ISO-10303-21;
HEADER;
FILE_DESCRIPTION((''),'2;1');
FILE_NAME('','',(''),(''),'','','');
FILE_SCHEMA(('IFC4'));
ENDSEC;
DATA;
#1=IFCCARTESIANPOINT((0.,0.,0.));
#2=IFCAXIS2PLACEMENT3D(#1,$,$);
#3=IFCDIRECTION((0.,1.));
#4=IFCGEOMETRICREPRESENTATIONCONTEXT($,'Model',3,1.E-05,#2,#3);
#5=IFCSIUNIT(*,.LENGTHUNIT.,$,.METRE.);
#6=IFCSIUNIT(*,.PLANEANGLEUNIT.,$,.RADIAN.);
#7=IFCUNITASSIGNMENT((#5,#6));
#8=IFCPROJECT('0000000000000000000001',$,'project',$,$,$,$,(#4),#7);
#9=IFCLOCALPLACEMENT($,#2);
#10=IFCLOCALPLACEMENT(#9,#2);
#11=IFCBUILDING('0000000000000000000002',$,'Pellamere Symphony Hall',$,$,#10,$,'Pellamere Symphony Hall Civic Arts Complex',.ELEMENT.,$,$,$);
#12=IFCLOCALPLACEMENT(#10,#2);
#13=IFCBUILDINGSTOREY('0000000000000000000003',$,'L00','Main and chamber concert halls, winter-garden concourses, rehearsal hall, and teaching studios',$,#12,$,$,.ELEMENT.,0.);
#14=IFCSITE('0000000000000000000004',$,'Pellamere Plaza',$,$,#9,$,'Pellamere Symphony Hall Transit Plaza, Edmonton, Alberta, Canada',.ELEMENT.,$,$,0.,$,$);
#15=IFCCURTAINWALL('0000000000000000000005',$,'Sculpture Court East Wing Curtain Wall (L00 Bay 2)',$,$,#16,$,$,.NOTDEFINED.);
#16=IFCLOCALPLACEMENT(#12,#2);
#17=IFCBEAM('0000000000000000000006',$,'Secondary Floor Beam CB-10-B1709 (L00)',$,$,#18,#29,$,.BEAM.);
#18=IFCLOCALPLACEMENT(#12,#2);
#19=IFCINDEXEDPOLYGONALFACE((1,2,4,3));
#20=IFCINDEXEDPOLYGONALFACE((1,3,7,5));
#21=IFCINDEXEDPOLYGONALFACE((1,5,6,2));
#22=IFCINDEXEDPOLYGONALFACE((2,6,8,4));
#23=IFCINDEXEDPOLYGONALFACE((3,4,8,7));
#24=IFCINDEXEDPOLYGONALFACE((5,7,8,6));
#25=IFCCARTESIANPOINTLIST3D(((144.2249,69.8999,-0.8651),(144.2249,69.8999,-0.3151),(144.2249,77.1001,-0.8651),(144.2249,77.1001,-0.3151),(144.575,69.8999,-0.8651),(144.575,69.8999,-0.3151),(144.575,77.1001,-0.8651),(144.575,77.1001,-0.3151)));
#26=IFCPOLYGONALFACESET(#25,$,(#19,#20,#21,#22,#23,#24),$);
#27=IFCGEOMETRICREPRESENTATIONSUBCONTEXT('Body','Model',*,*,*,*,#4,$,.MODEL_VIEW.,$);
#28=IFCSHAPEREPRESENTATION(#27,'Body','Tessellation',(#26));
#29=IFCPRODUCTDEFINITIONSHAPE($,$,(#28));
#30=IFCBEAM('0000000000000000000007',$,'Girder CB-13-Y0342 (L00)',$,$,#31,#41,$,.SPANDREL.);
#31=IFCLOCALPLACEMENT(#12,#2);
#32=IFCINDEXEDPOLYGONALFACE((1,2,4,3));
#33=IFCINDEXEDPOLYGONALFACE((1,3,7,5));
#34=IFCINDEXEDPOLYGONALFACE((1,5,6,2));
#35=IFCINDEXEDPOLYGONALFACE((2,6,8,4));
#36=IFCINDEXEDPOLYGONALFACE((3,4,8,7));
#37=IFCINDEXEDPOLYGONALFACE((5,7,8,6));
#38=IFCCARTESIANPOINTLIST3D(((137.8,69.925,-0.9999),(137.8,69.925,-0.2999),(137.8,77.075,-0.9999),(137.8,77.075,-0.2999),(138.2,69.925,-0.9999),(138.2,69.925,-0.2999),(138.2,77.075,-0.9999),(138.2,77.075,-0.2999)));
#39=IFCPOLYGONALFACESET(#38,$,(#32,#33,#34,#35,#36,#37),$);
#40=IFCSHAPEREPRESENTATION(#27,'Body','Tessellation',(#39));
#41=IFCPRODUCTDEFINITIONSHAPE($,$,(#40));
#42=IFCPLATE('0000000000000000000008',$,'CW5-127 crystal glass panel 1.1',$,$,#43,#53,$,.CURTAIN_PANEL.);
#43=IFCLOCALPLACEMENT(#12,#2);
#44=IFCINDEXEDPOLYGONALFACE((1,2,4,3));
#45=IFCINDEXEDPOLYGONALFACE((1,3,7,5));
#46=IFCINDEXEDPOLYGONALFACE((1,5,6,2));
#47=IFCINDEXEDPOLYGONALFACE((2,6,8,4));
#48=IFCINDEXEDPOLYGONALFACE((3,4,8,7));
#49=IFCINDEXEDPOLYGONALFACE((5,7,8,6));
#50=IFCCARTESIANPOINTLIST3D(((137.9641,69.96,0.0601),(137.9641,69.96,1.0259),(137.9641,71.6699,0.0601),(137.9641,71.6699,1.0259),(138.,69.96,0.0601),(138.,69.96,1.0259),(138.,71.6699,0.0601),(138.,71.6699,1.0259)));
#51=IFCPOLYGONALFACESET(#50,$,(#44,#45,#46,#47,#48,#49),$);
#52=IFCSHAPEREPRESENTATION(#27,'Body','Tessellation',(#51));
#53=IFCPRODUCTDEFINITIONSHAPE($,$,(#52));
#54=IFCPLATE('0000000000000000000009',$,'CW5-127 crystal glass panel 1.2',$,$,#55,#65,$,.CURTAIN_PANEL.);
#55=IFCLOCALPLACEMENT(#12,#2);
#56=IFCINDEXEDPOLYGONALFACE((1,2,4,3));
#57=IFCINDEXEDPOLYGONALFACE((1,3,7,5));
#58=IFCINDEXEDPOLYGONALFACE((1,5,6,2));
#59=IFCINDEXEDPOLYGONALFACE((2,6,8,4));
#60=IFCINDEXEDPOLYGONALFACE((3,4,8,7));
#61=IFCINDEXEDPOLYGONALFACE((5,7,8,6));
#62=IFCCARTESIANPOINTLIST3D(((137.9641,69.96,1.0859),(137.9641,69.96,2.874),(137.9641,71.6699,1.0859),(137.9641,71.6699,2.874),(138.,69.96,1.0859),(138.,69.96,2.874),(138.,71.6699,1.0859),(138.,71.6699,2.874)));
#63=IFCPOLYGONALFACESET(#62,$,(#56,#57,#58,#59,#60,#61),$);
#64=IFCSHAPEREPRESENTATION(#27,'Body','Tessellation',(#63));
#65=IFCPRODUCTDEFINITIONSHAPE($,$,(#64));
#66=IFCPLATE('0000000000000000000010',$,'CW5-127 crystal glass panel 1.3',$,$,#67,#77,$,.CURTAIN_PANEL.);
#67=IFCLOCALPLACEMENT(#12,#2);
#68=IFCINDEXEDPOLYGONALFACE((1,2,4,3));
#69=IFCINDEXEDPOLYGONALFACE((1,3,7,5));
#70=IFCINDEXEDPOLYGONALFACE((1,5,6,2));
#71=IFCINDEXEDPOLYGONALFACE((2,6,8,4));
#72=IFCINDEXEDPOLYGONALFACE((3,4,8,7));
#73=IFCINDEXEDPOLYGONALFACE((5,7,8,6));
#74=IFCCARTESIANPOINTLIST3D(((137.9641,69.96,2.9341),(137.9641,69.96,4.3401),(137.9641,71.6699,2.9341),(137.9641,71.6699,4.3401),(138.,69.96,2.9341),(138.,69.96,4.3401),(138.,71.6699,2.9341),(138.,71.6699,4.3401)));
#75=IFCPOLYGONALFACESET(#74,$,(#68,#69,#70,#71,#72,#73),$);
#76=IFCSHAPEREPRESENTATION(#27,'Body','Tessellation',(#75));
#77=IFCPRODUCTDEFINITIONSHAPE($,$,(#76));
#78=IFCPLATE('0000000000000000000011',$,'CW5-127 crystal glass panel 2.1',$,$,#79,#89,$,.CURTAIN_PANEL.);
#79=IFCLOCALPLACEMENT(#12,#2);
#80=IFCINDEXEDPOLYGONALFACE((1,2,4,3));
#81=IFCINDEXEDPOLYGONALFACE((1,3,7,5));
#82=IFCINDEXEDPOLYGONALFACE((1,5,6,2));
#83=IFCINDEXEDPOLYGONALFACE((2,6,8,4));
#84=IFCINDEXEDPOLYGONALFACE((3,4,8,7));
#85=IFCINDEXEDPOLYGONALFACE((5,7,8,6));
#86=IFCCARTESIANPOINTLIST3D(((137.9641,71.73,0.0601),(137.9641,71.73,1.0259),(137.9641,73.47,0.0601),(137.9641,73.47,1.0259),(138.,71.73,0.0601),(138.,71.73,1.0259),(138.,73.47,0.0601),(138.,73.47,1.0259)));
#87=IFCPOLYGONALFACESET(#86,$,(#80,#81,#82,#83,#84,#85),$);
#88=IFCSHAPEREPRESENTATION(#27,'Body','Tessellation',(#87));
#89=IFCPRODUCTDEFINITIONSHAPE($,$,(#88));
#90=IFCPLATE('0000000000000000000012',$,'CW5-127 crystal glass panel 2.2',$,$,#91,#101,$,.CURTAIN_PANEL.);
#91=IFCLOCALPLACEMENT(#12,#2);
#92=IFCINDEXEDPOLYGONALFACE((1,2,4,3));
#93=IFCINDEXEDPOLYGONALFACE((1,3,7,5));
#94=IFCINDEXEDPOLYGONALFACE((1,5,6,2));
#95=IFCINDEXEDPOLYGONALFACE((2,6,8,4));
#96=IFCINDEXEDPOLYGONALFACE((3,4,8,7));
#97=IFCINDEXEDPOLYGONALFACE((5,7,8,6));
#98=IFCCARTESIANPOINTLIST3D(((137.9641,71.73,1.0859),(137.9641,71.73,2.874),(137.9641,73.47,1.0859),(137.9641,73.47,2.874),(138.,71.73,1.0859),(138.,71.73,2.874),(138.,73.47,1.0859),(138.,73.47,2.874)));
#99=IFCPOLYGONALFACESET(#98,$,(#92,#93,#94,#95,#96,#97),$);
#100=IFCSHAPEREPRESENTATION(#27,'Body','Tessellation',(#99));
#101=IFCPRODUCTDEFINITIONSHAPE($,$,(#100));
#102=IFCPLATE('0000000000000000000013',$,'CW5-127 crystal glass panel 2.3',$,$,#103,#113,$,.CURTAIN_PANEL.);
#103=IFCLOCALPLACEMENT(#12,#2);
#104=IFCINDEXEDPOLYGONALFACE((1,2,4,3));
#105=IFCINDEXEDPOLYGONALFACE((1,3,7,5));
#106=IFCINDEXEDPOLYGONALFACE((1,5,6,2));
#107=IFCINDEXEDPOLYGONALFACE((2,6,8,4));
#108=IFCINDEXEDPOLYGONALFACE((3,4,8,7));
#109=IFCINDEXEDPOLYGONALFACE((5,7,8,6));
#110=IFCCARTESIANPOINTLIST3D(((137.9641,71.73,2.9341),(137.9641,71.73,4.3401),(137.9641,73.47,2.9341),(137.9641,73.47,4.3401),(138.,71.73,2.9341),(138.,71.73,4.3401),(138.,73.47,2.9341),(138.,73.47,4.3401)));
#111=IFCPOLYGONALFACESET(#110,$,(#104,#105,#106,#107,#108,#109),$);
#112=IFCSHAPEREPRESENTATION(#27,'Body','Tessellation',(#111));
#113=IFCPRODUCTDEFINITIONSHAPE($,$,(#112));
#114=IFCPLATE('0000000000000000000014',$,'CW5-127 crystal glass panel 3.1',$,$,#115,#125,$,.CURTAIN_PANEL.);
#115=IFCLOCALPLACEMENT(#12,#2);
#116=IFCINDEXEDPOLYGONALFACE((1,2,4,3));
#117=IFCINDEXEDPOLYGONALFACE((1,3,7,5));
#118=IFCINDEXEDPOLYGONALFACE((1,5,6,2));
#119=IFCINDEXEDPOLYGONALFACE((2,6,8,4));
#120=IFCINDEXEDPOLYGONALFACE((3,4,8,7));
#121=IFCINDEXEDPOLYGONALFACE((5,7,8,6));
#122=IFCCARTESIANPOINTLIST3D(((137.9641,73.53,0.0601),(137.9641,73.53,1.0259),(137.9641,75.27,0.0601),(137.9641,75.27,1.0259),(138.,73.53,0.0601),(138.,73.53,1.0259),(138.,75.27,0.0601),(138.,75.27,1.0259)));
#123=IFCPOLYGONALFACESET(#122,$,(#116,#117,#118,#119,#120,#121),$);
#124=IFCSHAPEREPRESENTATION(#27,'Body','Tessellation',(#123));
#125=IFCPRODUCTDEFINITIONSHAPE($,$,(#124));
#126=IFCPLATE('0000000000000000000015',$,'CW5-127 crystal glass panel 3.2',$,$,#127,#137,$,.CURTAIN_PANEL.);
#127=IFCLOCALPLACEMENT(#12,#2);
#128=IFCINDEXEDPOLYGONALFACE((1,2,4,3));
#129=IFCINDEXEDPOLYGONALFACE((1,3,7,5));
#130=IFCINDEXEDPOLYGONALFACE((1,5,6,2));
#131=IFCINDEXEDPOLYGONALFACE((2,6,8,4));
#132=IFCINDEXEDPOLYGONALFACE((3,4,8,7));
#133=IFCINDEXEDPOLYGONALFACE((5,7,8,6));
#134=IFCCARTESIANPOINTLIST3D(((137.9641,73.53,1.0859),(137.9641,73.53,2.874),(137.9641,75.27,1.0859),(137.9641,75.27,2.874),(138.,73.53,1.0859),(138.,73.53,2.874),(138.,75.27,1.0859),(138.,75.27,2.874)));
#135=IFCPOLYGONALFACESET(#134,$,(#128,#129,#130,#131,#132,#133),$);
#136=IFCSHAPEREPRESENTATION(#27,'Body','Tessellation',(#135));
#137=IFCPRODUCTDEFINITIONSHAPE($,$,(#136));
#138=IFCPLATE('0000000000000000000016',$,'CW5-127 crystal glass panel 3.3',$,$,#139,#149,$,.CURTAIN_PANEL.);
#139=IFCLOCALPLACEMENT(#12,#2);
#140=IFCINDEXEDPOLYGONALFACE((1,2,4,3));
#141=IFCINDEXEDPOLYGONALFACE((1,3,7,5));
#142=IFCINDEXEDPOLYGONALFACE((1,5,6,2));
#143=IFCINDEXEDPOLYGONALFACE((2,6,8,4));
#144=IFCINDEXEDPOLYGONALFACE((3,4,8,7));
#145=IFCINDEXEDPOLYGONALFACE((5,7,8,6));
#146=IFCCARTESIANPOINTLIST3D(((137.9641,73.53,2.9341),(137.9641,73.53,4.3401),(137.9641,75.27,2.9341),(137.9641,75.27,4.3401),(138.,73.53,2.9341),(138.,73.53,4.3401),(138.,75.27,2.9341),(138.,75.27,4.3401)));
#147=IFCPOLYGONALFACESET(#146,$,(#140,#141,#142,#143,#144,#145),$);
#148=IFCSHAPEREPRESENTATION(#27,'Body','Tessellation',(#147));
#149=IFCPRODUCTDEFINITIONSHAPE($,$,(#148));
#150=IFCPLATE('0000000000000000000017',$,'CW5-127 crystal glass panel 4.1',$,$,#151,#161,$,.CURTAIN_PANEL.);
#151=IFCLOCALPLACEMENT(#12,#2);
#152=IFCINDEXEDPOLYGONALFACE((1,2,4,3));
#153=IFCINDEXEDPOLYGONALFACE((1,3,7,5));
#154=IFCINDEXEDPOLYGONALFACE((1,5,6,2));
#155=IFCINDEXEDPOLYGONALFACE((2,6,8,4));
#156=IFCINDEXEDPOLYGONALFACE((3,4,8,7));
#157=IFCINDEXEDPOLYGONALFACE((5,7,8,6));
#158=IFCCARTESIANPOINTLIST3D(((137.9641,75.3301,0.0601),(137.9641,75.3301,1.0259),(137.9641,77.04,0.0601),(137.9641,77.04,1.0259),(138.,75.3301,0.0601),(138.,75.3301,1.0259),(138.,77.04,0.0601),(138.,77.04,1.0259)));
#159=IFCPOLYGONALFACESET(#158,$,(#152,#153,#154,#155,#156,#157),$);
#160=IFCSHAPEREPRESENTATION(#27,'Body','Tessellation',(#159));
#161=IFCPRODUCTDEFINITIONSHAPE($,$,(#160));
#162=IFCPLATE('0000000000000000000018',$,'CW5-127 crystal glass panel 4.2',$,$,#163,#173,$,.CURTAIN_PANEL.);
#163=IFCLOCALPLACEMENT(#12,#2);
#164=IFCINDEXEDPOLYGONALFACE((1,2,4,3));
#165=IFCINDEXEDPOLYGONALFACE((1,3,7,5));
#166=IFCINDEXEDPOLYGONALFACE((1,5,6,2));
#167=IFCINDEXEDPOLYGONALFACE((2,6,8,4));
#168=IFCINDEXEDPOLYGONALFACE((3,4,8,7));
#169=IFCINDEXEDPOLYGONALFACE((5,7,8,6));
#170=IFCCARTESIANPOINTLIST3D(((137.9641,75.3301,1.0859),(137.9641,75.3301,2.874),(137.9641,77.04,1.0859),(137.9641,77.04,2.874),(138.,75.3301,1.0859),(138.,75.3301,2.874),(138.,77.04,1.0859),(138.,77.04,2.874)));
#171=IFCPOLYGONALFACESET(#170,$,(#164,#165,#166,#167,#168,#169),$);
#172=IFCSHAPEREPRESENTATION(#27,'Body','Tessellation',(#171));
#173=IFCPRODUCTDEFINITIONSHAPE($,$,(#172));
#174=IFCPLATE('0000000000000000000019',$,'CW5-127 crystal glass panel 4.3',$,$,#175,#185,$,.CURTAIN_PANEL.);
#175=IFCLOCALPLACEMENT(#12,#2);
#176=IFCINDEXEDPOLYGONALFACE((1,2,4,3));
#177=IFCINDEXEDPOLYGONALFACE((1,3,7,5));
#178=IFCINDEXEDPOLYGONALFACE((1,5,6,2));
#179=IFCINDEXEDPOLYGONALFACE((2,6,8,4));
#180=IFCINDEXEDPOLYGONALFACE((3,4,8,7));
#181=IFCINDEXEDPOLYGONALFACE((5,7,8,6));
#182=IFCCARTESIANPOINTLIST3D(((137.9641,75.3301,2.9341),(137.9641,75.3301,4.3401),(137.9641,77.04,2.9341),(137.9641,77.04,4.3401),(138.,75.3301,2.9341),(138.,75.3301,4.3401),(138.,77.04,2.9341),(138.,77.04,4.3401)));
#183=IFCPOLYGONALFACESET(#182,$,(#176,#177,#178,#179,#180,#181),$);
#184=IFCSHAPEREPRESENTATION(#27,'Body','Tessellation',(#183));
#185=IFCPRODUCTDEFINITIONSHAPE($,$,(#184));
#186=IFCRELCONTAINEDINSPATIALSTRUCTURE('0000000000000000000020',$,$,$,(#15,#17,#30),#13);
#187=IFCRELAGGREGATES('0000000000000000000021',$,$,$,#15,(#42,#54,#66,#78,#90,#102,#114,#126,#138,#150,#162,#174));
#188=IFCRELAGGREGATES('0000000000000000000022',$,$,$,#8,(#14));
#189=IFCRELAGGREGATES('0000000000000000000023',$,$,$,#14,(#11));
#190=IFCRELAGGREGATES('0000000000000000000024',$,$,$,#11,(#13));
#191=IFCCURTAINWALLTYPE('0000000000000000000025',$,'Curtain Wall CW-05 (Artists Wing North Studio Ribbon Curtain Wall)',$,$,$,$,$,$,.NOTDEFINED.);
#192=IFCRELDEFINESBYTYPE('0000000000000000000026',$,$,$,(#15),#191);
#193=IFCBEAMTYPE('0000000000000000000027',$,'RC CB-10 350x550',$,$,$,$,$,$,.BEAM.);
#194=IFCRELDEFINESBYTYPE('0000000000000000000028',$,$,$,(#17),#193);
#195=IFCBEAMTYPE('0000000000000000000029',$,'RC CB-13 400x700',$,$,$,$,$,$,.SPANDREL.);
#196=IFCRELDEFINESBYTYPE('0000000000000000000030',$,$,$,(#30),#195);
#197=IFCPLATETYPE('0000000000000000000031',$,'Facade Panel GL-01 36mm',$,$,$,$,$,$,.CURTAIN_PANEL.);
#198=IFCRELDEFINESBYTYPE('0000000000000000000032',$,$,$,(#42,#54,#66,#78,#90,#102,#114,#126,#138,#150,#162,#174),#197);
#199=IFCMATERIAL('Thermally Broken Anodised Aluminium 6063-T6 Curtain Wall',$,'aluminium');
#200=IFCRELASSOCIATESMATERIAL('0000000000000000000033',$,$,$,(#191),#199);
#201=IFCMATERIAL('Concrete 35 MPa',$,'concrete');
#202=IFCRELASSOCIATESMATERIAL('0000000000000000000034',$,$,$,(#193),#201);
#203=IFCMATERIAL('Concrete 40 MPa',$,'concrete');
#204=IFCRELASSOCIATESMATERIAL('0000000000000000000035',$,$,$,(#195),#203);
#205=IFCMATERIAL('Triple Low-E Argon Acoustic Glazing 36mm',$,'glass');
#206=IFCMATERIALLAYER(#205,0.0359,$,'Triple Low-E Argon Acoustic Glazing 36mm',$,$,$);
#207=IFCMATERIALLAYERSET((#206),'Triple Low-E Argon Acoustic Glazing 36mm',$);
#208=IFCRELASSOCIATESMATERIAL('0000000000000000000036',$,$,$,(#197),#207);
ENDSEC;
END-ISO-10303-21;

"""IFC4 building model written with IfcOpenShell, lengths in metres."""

from ifc_helpers import new_model, si_unit, direction, frame, origin, origin_2d, place, context, subcontext, project, spatial, polyline, rectangle, outline, extrude, material, layer, layer_set, material_profile, profile_set, type_object, element, aggregate, save


model = new_model("IFC4")

# Units and contexts
model_context = context("Model", 3, precision=1e-05, world=origin(), true_north=direction((0.0, 1.0)))
body_context = subcontext(model_context, "Body", "Model", "MODEL_VIEW")
ifc_project = project(units=[si_unit("LENGTHUNIT", "METRE"), si_unit("PLANEANGLEUNIT", "RADIAN")], contexts=[model_context])

# Site, building, storey
site_placement = place(None, origin())
site = spatial("IfcSite", under=ifc_project, at=site_placement, Name="Pellamere Plaza", LongName="Pellamere Symphony Hall Transit Plaza, Edmonton, Alberta, Canada", CompositionType="ELEMENT", RefElevation=0.0)
building_placement = place(site_placement, origin())
building = spatial("IfcBuilding", under=site, at=building_placement, Name="Pellamere Symphony Hall", LongName="Pellamere Symphony Hall Civic Arts Complex", CompositionType="ELEMENT")
storey_placement = place(building_placement, origin())
storey = spatial("IfcBuildingStorey", under=building, at=storey_placement, Name="L00", Description="Main and chamber concert halls, winter-garden concourses, rehearsal hall, and teaching studios", CompositionType="ELEMENT", Elevation=0.0)

# Curtain wall
ifc_material_1 = material(Name="Thermally Broken Anodised Aluminium 6063-T6 Curtain Wall", Category="aluminium")
curtain_wall_type = type_object("IfcCurtainWallType", Name="Curtain Wall CW-05 (Artists Wing North Studio Ribbon Curtain Wall)", PredefinedType="NOTDEFINED", material=ifc_material_1)
curtain_wall_placement = place(storey_placement, origin())
curtain_wall = element("IfcCurtainWall", 1, at=curtain_wall_placement, inside=storey, type_object=curtain_wall_type, Name="Sculpture Court East Wing Curtain Wall (L00 Bay 2)", PredefinedType="NOTDEFINED")

# Beams
ifc_material_2 = material(Name="Concrete 40 MPa", Category="concrete")
ifc_material_3 = material(Name="Concrete 35 MPa", Category="concrete")
ifc_material_profile_1 = material_profile(ifc_material_3, rectangle(XDim=0.3501, YDim=0.55, at=origin_2d()), Name="RC 350x550")
ifc_profile_set_1 = profile_set([ifc_material_profile_1], Name="Concrete 35 MPa")
beam_type_1 = type_object("IfcBeamType", Name="RC CB-10 350x550", PredefinedType="BEAM", material=ifc_profile_set_1)
for number, where, z_axis, x_axis, name in (
    (2, (144.3999, 69.8999, -0.5901), (0.0, 1.0, 0.0), (-1.0, 0.0, 0.0), "Secondary Floor Beam CB-10-B1709 (L00)"),
):
    element("IfcBeam", number, at=place(storey_placement, frame(where, z_axis=z_axis, x_axis=x_axis)), inside=storey, type_object=beam_type_1, Name=name, PredefinedType="BEAM", context=body_context, shape_type="SweptSolid", body=[
        extrude(rectangle(XDim=0.3501, YDim=0.55, at=origin_2d()), origin(), (0.0, 0.0, 1.0), 7.2002),
    ])
ifc_material_profile_2 = material_profile(ifc_material_2, rectangle(XDim=0.3999, YDim=0.7, at=origin_2d()), Name="RC 400x700")
ifc_profile_set_2 = profile_set([ifc_material_profile_2], Name="Concrete 40 MPa")
beam_type_2 = type_object("IfcBeamType", Name="RC CB-13 400x700", PredefinedType="SPANDREL", material=ifc_profile_set_2)
beam_1_placement = place(storey_placement, frame((138.0, 69.925, -0.6499), z_axis=(0.0, 1.0, 0.0), x_axis=(-1.0, 0.0, 0.0)))
element("IfcBeam", 3, at=beam_1_placement, inside=storey, type_object=beam_type_2, Name="Girder CB-13-Y0342 (L00)", PredefinedType="SPANDREL", context=body_context, shape_type="SweptSolid", body=[
    extrude(rectangle(XDim=0.3999, YDim=0.7, at=origin_2d()), origin(), (0.0, 0.0, 1.0), 7.1499),
])

# Plates
ifc_material_4 = material(Name="Triple Low-E Argon Acoustic Glazing 36mm", Category="glass")
ifc_layer = layer(ifc_material_4, 0.0359, Name="Triple Low-E Argon Acoustic Glazing 36mm")
ifc_layer_set = layer_set([ifc_layer], Name="Triple Low-E Argon Acoustic Glazing 36mm")
plate_type = type_object("IfcPlateType", Name="Facade Panel GL-01 36mm", PredefinedType="CURTAIN_PANEL", material=ifc_layer_set)
plate_1_placement = place(storey_placement, frame((138.0, 69.96, 0.0601), z_axis=(1.0, 0.0, 0.0), x_axis=(0.0, 1.0, 0.0)))
plate_1 = element("IfcPlate", 4, at=plate_1_placement, type_object=plate_type, Name="CW5-127 crystal glass panel 1.1", PredefinedType="CURTAIN_PANEL", context=body_context, shape_type="SweptSolid", body=[
    extrude(outline(polyline([(0.0, 0.0), (1.71, 0.0), (1.71, 0.9658), (0.0, 0.9658), (0.0, 0.0)])), origin(), (0.0, 0.0, -1.0), 0.0359),
])
plate_2_placement = place(storey_placement, frame((138.0, 69.96, 1.0859), z_axis=(1.0, 0.0, 0.0), x_axis=(0.0, 1.0, 0.0)))
plate_2 = element("IfcPlate", 5, at=plate_2_placement, type_object=plate_type, Name="CW5-127 crystal glass panel 1.2", PredefinedType="CURTAIN_PANEL", context=body_context, shape_type="SweptSolid", body=[
    extrude(outline(polyline([(0.0, 0.0), (1.71, 0.0), (1.71, 1.7881), (0.0, 1.7881), (0.0, 0.0)])), origin(), (0.0, 0.0, -1.0), 0.0359),
])
plate_3_placement = place(storey_placement, frame((138.0, 69.96, 2.9341), z_axis=(1.0, 0.0, 0.0), x_axis=(0.0, 1.0, 0.0)))
plate_3 = element("IfcPlate", 6, at=plate_3_placement, type_object=plate_type, Name="CW5-127 crystal glass panel 1.3", PredefinedType="CURTAIN_PANEL", context=body_context, shape_type="SweptSolid", body=[
    extrude(outline(polyline([(0.0, 0.0), (1.71, 0.0), (1.71, 1.406), (0.0, 1.406), (0.0, 0.0)])), origin(), (0.0, 0.0, -1.0), 0.0359),
])
plate_4_placement = place(storey_placement, frame((138.0, 71.73, 0.0601), z_axis=(1.0, 0.0, 0.0), x_axis=(0.0, 1.0, 0.0)))
plate_4 = element("IfcPlate", 7, at=plate_4_placement, type_object=plate_type, Name="CW5-127 crystal glass panel 2.1", PredefinedType="CURTAIN_PANEL", context=body_context, shape_type="SweptSolid", body=[
    extrude(outline(polyline([(0.0, 0.0), (1.74, 0.0), (1.74, 0.9658), (0.0, 0.9658), (0.0, 0.0)])), origin(), (0.0, 0.0, -1.0), 0.0359),
])
plate_5_placement = place(storey_placement, frame((138.0, 71.73, 1.0859), z_axis=(1.0, 0.0, 0.0), x_axis=(0.0, 1.0, 0.0)))
plate_5 = element("IfcPlate", 8, at=plate_5_placement, type_object=plate_type, Name="CW5-127 crystal glass panel 2.2", PredefinedType="CURTAIN_PANEL", context=body_context, shape_type="SweptSolid", body=[
    extrude(outline(polyline([(0.0, 0.0), (1.74, 0.0), (1.74, 1.7881), (0.0, 1.7881), (0.0, 0.0)])), origin(), (0.0, 0.0, -1.0), 0.0359),
])
plate_6_placement = place(storey_placement, frame((138.0, 71.73, 2.9341), z_axis=(1.0, 0.0, 0.0), x_axis=(0.0, 1.0, 0.0)))
plate_6 = element("IfcPlate", 9, at=plate_6_placement, type_object=plate_type, Name="CW5-127 crystal glass panel 2.3", PredefinedType="CURTAIN_PANEL", context=body_context, shape_type="SweptSolid", body=[
    extrude(outline(polyline([(0.0, 0.0), (1.74, 0.0), (1.74, 1.406), (0.0, 1.406), (0.0, 0.0)])), origin(), (0.0, 0.0, -1.0), 0.0359),
])
plate_7_placement = place(storey_placement, frame((138.0, 73.53, 0.0601), z_axis=(1.0, 0.0, 0.0), x_axis=(0.0, 1.0, 0.0)))
plate_7 = element("IfcPlate", 10, at=plate_7_placement, type_object=plate_type, Name="CW5-127 crystal glass panel 3.1", PredefinedType="CURTAIN_PANEL", context=body_context, shape_type="SweptSolid", body=[
    extrude(outline(polyline([(0.0, 0.0), (1.74, 0.0), (1.74, 0.9658), (0.0, 0.9658), (0.0, 0.0)])), origin(), (0.0, 0.0, -1.0), 0.0359),
])
plate_8_placement = place(storey_placement, frame((138.0, 73.53, 1.0859), z_axis=(1.0, 0.0, 0.0), x_axis=(0.0, 1.0, 0.0)))
plate_8 = element("IfcPlate", 11, at=plate_8_placement, type_object=plate_type, Name="CW5-127 crystal glass panel 3.2", PredefinedType="CURTAIN_PANEL", context=body_context, shape_type="SweptSolid", body=[
    extrude(outline(polyline([(0.0, 0.0), (1.74, 0.0), (1.74, 1.7881), (0.0, 1.7881), (0.0, 0.0)])), origin(), (0.0, 0.0, -1.0), 0.0359),
])
plate_9_placement = place(storey_placement, frame((138.0, 73.53, 2.9341), z_axis=(1.0, 0.0, 0.0), x_axis=(0.0, 1.0, 0.0)))
plate_9 = element("IfcPlate", 12, at=plate_9_placement, type_object=plate_type, Name="CW5-127 crystal glass panel 3.3", PredefinedType="CURTAIN_PANEL", context=body_context, shape_type="SweptSolid", body=[
    extrude(outline(polyline([(0.0, 0.0), (1.74, 0.0), (1.74, 1.406), (0.0, 1.406), (0.0, 0.0)])), origin(), (0.0, 0.0, -1.0), 0.0359),
])
plate_10_placement = place(storey_placement, frame((138.0, 75.3301, 0.0601), z_axis=(1.0, 0.0, 0.0), x_axis=(0.0, 1.0, 0.0)))
plate_10 = element("IfcPlate", 13, at=plate_10_placement, type_object=plate_type, Name="CW5-127 crystal glass panel 4.1", PredefinedType="CURTAIN_PANEL", context=body_context, shape_type="SweptSolid", body=[
    extrude(outline(polyline([(0.0, 0.0), (1.71, 0.0), (1.71, 0.9658), (0.0, 0.9658), (0.0, 0.0)])), origin(), (0.0, 0.0, -1.0), 0.0359),
])
plate_11_placement = place(storey_placement, frame((138.0, 75.3301, 1.0859), z_axis=(1.0, 0.0, 0.0), x_axis=(0.0, 1.0, 0.0)))
plate_11 = element("IfcPlate", 14, at=plate_11_placement, type_object=plate_type, Name="CW5-127 crystal glass panel 4.2", PredefinedType="CURTAIN_PANEL", context=body_context, shape_type="SweptSolid", body=[
    extrude(outline(polyline([(0.0, 0.0), (1.71, 0.0), (1.71, 1.7881), (0.0, 1.7881), (0.0, 0.0)])), origin(), (0.0, 0.0, -1.0), 0.0359),
])
plate_12_placement = place(storey_placement, frame((138.0, 75.3301, 2.9341), z_axis=(1.0, 0.0, 0.0), x_axis=(0.0, 1.0, 0.0)))
plate_12 = element("IfcPlate", 15, at=plate_12_placement, type_object=plate_type, Name="CW5-127 crystal glass panel 4.3", PredefinedType="CURTAIN_PANEL", context=body_context, shape_type="SweptSolid", body=[
    extrude(outline(polyline([(0.0, 0.0), (1.71, 0.0), (1.71, 1.406), (0.0, 1.406), (0.0, 0.0)])), origin(), (0.0, 0.0, -1.0), 0.0359),
])
aggregate(curtain_wall, [plate_1, plate_2, plate_3, plate_4, plate_5, plate_6, plate_7, plate_8, plate_9, plate_10, plate_11, plate_12])

save(model, "model.ifc")
